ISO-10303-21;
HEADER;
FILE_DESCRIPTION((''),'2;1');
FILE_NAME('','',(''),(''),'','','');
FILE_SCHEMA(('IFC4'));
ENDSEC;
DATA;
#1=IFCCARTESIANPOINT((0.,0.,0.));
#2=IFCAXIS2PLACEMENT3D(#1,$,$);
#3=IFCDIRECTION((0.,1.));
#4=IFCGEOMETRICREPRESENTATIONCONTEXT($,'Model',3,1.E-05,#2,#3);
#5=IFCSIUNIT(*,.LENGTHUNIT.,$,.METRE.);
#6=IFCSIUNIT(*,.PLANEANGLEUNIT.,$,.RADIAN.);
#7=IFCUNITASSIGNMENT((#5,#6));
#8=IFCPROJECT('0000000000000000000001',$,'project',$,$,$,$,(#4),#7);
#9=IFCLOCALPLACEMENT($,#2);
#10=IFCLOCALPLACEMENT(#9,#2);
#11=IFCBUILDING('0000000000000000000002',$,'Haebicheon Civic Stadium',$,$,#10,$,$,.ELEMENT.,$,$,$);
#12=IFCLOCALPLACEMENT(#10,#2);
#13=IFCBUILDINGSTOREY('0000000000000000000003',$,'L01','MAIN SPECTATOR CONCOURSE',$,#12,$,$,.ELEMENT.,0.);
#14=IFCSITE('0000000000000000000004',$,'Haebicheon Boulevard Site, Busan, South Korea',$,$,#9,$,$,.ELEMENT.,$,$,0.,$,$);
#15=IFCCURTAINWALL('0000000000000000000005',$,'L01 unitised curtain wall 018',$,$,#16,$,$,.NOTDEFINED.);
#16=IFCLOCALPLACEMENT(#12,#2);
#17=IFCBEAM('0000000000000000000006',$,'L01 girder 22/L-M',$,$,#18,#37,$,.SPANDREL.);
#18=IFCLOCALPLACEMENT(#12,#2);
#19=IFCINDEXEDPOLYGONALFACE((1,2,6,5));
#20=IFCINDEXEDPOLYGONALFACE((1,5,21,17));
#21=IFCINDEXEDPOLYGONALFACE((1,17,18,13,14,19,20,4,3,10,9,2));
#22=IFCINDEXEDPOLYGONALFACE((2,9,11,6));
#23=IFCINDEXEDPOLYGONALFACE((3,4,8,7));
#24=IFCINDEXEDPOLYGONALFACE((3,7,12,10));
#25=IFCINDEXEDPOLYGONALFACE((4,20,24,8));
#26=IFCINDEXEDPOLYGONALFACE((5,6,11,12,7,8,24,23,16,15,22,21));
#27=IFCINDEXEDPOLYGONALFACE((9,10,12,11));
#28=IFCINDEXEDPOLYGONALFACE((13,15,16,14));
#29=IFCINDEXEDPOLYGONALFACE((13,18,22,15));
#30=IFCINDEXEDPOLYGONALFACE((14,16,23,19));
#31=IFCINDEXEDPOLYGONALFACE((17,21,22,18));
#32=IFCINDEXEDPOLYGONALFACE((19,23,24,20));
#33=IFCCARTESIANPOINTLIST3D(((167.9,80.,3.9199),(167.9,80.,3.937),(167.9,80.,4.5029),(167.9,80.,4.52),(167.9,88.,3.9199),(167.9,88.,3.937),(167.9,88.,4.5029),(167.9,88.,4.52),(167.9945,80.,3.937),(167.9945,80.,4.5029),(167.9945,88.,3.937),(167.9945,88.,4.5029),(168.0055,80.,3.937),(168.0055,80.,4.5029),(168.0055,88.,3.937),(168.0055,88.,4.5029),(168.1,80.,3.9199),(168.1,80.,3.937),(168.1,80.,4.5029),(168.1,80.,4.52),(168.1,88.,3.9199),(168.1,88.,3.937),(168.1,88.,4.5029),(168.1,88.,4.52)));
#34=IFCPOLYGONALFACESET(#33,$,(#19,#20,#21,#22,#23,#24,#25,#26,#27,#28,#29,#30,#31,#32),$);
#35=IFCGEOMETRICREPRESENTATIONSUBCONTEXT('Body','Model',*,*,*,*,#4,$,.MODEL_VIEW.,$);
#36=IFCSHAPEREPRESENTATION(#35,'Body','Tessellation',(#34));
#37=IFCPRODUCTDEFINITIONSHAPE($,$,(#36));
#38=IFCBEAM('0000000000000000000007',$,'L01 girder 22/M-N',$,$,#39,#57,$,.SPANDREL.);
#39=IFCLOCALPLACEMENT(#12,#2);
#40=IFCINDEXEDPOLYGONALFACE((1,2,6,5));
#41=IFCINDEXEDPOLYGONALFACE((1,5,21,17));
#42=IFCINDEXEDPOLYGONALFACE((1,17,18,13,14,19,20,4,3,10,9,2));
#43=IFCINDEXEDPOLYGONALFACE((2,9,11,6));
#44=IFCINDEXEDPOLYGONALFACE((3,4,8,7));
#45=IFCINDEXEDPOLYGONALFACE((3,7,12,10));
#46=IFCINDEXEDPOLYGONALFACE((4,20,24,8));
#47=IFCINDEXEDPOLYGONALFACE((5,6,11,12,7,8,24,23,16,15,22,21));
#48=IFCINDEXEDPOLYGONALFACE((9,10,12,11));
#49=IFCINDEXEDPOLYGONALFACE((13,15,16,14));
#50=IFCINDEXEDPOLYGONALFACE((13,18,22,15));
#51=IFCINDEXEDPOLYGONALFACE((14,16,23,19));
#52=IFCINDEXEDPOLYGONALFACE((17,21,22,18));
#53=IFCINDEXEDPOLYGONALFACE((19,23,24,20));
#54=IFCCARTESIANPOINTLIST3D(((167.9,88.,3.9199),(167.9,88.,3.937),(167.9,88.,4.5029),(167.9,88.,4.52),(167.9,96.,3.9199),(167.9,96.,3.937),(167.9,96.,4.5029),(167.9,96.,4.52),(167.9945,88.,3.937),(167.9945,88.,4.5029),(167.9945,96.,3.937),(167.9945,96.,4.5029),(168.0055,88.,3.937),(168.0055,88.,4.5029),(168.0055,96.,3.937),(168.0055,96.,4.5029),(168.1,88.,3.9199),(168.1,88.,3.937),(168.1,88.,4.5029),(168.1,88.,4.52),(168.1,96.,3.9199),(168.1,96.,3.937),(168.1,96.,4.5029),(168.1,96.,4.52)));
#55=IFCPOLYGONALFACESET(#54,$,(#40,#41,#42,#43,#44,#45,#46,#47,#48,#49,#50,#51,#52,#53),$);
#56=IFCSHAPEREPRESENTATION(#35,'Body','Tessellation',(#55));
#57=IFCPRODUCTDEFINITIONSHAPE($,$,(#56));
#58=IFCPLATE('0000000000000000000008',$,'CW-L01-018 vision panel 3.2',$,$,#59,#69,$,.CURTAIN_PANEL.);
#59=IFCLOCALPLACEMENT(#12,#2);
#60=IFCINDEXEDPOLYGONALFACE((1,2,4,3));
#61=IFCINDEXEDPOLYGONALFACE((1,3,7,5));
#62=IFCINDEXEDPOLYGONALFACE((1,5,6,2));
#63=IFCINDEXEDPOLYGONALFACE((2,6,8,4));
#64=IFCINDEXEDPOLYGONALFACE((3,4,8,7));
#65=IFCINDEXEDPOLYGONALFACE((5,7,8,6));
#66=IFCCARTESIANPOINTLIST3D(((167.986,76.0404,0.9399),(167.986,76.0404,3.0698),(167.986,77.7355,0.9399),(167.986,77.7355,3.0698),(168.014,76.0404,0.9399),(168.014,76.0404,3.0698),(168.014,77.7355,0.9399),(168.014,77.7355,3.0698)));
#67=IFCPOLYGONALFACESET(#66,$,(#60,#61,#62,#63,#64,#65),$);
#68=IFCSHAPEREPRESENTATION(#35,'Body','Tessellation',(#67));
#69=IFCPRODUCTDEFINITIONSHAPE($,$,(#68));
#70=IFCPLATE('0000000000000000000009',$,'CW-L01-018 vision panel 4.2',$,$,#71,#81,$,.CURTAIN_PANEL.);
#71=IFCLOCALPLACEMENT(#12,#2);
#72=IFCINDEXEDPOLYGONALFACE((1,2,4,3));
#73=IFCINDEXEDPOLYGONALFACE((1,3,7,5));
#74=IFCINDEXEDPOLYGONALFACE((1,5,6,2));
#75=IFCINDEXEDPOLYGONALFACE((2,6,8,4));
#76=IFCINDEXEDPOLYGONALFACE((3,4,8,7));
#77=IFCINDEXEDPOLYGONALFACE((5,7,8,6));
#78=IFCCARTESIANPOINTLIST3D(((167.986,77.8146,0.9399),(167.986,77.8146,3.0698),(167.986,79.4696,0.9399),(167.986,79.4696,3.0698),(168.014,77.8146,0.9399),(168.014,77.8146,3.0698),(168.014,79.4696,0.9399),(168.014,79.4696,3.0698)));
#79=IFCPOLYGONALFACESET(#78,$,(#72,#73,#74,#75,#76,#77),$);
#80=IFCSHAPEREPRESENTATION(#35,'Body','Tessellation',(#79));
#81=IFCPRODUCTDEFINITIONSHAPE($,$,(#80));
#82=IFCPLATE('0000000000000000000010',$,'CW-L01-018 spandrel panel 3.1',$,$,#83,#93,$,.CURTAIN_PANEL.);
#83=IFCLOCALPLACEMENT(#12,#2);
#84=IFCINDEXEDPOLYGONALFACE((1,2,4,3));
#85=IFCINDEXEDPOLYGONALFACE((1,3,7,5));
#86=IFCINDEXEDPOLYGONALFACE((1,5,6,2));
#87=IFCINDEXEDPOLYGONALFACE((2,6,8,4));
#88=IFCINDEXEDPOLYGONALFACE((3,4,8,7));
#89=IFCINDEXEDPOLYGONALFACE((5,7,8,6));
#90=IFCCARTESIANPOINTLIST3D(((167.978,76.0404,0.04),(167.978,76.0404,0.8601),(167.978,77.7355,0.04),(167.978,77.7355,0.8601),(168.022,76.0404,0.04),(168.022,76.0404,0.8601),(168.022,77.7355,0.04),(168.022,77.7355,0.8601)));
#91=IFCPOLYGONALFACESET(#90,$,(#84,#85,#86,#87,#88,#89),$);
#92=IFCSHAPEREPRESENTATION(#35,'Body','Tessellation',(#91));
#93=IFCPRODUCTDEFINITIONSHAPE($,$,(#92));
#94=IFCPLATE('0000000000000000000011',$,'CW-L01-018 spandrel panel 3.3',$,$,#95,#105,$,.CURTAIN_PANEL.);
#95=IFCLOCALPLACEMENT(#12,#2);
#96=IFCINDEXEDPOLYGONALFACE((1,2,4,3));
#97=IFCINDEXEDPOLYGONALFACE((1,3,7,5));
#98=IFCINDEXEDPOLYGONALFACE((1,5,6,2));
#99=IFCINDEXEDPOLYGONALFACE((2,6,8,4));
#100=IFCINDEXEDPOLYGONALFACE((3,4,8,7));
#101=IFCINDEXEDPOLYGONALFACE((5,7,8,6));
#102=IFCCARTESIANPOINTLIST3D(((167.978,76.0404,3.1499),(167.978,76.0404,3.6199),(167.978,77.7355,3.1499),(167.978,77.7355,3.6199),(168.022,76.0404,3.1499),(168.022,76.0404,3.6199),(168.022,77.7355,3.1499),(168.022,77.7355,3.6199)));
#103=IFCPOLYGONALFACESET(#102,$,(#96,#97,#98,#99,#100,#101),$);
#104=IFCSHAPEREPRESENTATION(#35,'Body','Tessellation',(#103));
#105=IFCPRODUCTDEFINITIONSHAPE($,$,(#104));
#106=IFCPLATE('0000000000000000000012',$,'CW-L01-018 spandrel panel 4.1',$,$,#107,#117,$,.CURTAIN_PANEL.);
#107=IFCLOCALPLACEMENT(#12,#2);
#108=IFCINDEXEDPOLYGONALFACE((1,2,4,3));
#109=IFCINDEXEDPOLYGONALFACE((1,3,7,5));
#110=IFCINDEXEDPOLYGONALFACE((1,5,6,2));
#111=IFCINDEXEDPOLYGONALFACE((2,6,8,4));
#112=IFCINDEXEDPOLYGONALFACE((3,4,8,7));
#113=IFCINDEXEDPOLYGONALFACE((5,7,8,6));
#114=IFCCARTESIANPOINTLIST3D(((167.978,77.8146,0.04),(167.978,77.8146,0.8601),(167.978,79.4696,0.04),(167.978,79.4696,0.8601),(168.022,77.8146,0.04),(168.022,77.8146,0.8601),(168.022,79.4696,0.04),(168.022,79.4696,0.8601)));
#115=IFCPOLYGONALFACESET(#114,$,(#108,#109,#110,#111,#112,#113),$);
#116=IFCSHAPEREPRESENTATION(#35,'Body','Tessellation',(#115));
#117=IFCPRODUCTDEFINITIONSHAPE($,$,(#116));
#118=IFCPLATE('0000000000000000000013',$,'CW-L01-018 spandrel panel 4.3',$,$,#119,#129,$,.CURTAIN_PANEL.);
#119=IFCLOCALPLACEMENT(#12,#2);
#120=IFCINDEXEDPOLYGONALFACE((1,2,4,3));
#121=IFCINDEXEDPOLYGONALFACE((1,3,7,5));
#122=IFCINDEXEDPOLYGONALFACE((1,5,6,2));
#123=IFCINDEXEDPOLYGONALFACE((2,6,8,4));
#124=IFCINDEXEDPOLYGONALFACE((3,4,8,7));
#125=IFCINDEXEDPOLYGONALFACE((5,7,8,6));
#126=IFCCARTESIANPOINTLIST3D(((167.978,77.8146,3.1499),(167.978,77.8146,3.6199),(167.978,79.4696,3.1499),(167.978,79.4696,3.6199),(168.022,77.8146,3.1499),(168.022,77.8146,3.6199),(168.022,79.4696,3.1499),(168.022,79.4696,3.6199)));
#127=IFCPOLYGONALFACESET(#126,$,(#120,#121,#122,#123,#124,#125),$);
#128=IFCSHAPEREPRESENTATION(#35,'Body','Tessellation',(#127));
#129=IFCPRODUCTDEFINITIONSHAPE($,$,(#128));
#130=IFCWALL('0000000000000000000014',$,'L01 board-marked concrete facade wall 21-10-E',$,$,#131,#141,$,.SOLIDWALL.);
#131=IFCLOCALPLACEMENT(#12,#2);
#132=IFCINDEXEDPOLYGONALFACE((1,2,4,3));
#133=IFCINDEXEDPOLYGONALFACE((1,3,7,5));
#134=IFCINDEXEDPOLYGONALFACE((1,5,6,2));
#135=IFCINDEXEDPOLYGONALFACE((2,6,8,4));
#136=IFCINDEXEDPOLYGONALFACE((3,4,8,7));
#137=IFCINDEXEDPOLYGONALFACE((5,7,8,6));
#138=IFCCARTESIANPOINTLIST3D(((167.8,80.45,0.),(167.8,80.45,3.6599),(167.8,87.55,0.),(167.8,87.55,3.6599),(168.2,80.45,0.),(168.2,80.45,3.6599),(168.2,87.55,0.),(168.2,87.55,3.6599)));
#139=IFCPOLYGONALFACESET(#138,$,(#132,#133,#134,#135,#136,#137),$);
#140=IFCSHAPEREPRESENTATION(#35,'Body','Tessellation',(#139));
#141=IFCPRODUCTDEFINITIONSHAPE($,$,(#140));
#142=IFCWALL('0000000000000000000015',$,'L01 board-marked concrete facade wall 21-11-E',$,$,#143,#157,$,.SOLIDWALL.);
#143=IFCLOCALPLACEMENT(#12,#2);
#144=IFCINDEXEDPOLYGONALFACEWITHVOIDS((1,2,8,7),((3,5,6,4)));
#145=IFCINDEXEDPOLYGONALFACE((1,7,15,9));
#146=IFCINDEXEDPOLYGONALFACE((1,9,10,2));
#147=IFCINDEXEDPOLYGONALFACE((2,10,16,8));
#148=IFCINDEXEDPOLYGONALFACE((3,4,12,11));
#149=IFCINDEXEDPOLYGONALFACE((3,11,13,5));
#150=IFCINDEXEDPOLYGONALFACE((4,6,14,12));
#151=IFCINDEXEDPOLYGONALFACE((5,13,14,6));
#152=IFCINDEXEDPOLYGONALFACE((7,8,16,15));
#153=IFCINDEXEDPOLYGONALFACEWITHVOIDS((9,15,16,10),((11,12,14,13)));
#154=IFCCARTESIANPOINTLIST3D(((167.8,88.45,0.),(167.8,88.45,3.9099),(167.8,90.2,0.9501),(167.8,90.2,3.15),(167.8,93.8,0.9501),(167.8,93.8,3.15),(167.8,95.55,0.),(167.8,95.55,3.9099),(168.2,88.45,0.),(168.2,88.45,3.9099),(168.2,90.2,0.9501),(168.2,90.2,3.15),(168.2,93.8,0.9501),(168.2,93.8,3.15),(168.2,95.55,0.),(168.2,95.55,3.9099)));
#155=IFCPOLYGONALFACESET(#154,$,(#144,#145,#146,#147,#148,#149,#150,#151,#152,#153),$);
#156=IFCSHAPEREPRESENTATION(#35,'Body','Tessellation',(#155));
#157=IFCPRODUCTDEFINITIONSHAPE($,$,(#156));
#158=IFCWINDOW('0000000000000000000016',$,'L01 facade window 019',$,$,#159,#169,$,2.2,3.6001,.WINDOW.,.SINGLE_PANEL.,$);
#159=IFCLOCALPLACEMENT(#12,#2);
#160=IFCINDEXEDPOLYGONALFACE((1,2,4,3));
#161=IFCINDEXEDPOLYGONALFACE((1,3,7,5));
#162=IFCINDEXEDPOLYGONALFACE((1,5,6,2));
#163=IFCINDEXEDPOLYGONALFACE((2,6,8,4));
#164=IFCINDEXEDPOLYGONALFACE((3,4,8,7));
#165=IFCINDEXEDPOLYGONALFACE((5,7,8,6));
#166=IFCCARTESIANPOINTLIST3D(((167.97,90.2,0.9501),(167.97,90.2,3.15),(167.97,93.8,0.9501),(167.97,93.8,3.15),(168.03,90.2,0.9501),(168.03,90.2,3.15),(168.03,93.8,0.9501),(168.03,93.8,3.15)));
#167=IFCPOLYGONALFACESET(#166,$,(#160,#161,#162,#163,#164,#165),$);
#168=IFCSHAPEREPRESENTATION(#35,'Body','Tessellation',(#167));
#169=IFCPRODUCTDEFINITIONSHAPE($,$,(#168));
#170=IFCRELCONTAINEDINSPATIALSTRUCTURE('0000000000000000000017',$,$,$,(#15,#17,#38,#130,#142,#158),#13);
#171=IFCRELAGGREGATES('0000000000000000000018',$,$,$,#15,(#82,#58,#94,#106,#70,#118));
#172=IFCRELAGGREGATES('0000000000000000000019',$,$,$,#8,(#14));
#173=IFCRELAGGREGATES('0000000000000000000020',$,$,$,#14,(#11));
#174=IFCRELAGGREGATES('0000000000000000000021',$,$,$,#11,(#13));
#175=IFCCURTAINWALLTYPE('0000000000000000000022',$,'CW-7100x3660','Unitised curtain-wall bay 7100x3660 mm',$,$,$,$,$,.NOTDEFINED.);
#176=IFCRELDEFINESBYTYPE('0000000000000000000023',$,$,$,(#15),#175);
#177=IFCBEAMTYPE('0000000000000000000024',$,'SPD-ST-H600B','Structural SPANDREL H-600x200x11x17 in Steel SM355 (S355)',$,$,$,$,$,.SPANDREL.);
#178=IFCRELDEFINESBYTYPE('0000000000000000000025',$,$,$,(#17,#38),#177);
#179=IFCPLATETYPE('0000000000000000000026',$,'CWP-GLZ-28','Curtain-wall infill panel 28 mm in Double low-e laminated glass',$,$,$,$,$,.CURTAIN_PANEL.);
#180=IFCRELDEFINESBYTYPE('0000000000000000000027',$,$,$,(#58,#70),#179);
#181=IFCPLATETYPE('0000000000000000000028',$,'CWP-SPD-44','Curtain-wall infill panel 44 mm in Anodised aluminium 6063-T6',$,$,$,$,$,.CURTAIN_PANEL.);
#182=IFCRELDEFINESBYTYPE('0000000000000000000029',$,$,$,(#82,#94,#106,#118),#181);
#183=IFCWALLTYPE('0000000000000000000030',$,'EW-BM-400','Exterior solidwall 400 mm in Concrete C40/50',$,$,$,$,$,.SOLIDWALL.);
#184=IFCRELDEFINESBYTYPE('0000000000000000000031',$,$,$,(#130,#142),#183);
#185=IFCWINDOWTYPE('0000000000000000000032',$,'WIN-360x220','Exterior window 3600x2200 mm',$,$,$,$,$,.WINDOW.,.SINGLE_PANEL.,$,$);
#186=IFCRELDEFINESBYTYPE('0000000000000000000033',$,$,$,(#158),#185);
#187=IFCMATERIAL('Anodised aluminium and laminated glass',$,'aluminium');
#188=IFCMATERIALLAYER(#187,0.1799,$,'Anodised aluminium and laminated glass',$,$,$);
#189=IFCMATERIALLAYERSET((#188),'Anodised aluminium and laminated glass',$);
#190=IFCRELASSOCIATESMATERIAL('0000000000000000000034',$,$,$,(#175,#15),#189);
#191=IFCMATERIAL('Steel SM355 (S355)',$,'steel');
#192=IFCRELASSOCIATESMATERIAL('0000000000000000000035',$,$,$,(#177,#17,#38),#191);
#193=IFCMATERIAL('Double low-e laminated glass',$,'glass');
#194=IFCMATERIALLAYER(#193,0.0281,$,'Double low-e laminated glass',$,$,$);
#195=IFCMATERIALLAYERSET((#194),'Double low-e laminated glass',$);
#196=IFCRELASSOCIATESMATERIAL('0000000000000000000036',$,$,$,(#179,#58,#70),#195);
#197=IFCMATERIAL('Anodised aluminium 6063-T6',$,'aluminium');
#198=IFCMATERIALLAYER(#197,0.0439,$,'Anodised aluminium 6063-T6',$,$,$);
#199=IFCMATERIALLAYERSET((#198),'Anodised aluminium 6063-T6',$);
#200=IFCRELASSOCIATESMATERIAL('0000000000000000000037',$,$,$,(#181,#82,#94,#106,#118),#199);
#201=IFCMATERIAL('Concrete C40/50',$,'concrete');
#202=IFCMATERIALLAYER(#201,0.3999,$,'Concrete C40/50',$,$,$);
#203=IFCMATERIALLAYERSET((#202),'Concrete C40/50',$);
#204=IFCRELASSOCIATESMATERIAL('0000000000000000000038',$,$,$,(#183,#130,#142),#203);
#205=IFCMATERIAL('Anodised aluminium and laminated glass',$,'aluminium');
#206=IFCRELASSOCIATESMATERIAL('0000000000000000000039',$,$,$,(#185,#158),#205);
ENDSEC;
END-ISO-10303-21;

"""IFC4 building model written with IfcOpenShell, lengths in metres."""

from ifc_helpers import new_model, si_unit, direction, frame, frame_2d, origin, origin_2d, place, context, subcontext, project, spatial, rectangle, i_section, extrude, material, layer, layer_set, material_profile, profile_set, type_object, element, fill, aggregate, save


model = new_model("IFC4")

# Units and contexts
model_context = context("Model", 3, precision=1e-05, world=origin(), true_north=direction((0.0, 1.0)))
body_context = subcontext(model_context, "Body", "Model", "MODEL_VIEW")
ifc_project = project(units=[si_unit("LENGTHUNIT", "METRE"), si_unit("PLANEANGLEUNIT", "RADIAN")], contexts=[model_context])

# Site, building, storey
site_placement = place(None, origin())
site = spatial("IfcSite", under=ifc_project, at=site_placement, Name="Haebicheon Boulevard Site, Busan, South Korea", CompositionType="ELEMENT", RefElevation=0.0)
building_placement = place(site_placement, origin())
building = spatial("IfcBuilding", under=site, at=building_placement, Name="Haebicheon Civic Stadium", CompositionType="ELEMENT")
storey_placement = place(building_placement, origin())
storey = spatial("IfcBuildingStorey", under=building, at=storey_placement, Name="L01", Description="MAIN SPECTATOR CONCOURSE", CompositionType="ELEMENT", Elevation=0.0)

# Curtain wall
ifc_material_1 = material(Name="Anodised aluminium and laminated glass", Category="aluminium")
ifc_layer_1 = layer(ifc_material_1, 0.1799, Name="Anodised aluminium and laminated glass")
ifc_layer_set_1 = layer_set([ifc_layer_1], Name="Anodised aluminium and laminated glass")
curtain_wall_type = type_object("IfcCurtainWallType", Name="CW-7100x3660", Description="Unitised curtain-wall bay 7100x3660 mm", PredefinedType="NOTDEFINED", material=ifc_layer_set_1)
curtain_wall_placement = place(storey_placement, origin())
curtain_wall = element("IfcCurtainWall", 1, at=curtain_wall_placement, inside=storey, type_object=curtain_wall_type, material=ifc_layer_set_1, Name="L01 unitised curtain wall 018", PredefinedType="NOTDEFINED")

# Beams
ifc_material_2 = material(Name="Steel SM355 (S355)", Category="steel")
ifc_material_profile_1 = material_profile(ifc_material_2, i_section(OverallWidth=0.2, OverallDepth=0.6001, WebThickness=0.011, FlangeThickness=0.0171, at=origin_2d()), Name="H-600x200x11x17")
ifc_profile_set_1 = profile_set([ifc_material_profile_1], Name="Steel SM355 (S355)")
beam_type_1 = type_object("IfcBeamType", Name="SPD-ST-H600B", Description="Structural SPANDREL H-600x200x11x17 in Steel SM355 (S355)", PredefinedType="SPANDREL", material=ifc_profile_set_1)
for number, where, z_axis, x_axis, name in (
    (2, (168.0, 80.0, 4.22), (0.0, 1.0, 0.0), (-1.0, 0.0, 0.0), "L01 girder 22/L-M"),
    (3, (168.0, 88.0, 4.22), (0.0, 1.0, 0.0), (-1.0, 0.0, 0.0), "L01 girder 22/M-N"),
):
    element("IfcBeam", number, at=place(storey_placement, frame(where, z_axis=z_axis, x_axis=x_axis)), inside=storey, type_object=beam_type_1, material=ifc_profile_set_1, Name=name, PredefinedType="SPANDREL", context=body_context, shape_type="SweptSolid", body=[
        extrude(i_section(OverallWidth=0.2, OverallDepth=0.6001, WebThickness=0.011, FlangeThickness=0.0171, at=origin_2d()), origin(), (0.0, 0.0, 1.0), 8.0),
    ])

# Plates
ifc_material_3 = material(Name="Double low-e laminated glass", Category="glass")
ifc_layer_2 = layer(ifc_material_3, 0.0281, Name="Double low-e laminated glass")
ifc_layer_set_2 = layer_set([ifc_layer_2], Name="Double low-e laminated glass")
plate_type_1 = type_object("IfcPlateType", Name="CWP-GLZ-28", Description="Curtain-wall infill panel 28 mm in Double low-e laminated glass", PredefinedType="CURTAIN_PANEL", material=ifc_layer_set_2)
plate_1_placement = place(storey_placement, frame((168.0, 76.8879, 0.9399), z_axis=(0.0, 0.0, 1.0), x_axis=(0.0, 1.0, 0.0)))
plate_1 = element("IfcPlate", 4, at=plate_1_placement, type_object=plate_type_1, material=ifc_layer_set_2, Name="CW-L01-018 vision panel 3.2", PredefinedType="CURTAIN_PANEL", context=body_context, shape_type="SweptSolid", body=[
    extrude(rectangle(XDim=1.6951, YDim=0.0281, at=origin_2d()), origin(), (0.0, 0.0, 1.0), 2.1299),
])
plate_2_placement = place(storey_placement, frame((168.0, 78.6421, 0.9399), z_axis=(0.0, 0.0, 1.0), x_axis=(0.0, 1.0, 0.0)))
plate_2 = element("IfcPlate", 5, at=plate_2_placement, type_object=plate_type_1, material=ifc_layer_set_2, Name="CW-L01-018 vision panel 4.2", PredefinedType="CURTAIN_PANEL", context=body_context, shape_type="SweptSolid", body=[
    extrude(rectangle(XDim=1.655, YDim=0.0281, at=origin_2d()), origin(), (0.0, 0.0, 1.0), 2.1299),
])
ifc_material_4 = material(Name="Anodised aluminium 6063-T6", Category="aluminium")
ifc_layer_3 = layer(ifc_material_4, 0.0439, Name="Anodised aluminium 6063-T6")
ifc_layer_set_3 = layer_set([ifc_layer_3], Name="Anodised aluminium 6063-T6")
plate_type_2 = type_object("IfcPlateType", Name="CWP-SPD-44", Description="Curtain-wall infill panel 44 mm in Anodised aluminium 6063-T6", PredefinedType="CURTAIN_PANEL", material=ifc_layer_set_3)
plate_3_placement = place(storey_placement, frame((168.0, 76.8879, 0.04), z_axis=(0.0, 0.0, 1.0), x_axis=(0.0, 1.0, 0.0)))
plate_3 = element("IfcPlate", 6, at=plate_3_placement, type_object=plate_type_2, material=ifc_layer_set_3, Name="CW-L01-018 spandrel panel 3.1", PredefinedType="CURTAIN_PANEL", context=body_context, shape_type="SweptSolid", body=[
    extrude(rectangle(XDim=1.6951, YDim=0.0439, at=origin_2d()), origin(), (0.0, 0.0, 1.0), 0.8201),
])
plate_4_placement = place(storey_placement, frame((168.0, 76.8879, 3.1499), z_axis=(0.0, 0.0, 1.0), x_axis=(0.0, 1.0, 0.0)))
plate_4 = element("IfcPlate", 7, at=plate_4_placement, type_object=plate_type_2, material=ifc_layer_set_3, Name="CW-L01-018 spandrel panel 3.3", PredefinedType="CURTAIN_PANEL", context=body_context, shape_type="SweptSolid", body=[
    extrude(rectangle(XDim=1.6951, YDim=0.0439, at=origin_2d()), origin(), (0.0, 0.0, 1.0), 0.47),
])
plate_5_placement = place(storey_placement, frame((168.0, 78.6421, 0.04), z_axis=(0.0, 0.0, 1.0), x_axis=(0.0, 1.0, 0.0)))
plate_5 = element("IfcPlate", 8, at=plate_5_placement, type_object=plate_type_2, material=ifc_layer_set_3, Name="CW-L01-018 spandrel panel 4.1", PredefinedType="CURTAIN_PANEL", context=body_context, shape_type="SweptSolid", body=[
    extrude(rectangle(XDim=1.655, YDim=0.0439, at=origin_2d()), origin(), (0.0, 0.0, 1.0), 0.8201),
])
plate_6_placement = place(storey_placement, frame((168.0, 78.6421, 3.1499), z_axis=(0.0, 0.0, 1.0), x_axis=(0.0, 1.0, 0.0)))
plate_6 = element("IfcPlate", 9, at=plate_6_placement, type_object=plate_type_2, material=ifc_layer_set_3, Name="CW-L01-018 spandrel panel 4.3", PredefinedType="CURTAIN_PANEL", context=body_context, shape_type="SweptSolid", body=[
    extrude(rectangle(XDim=1.655, YDim=0.0439, at=origin_2d()), origin(), (0.0, 0.0, 1.0), 0.47),
])
aggregate(curtain_wall, [plate_3, plate_1, plate_4, plate_5, plate_2, plate_6])

# Wall
ifc_material_5 = material(Name="Concrete C40/50", Category="concrete")
ifc_layer_4 = layer(ifc_material_5, 0.3999, Name="Concrete C40/50")
ifc_layer_set_4 = layer_set([ifc_layer_4], Name="Concrete C40/50")
wall_type = type_object("IfcWallType", Name="EW-BM-400", Description="Exterior solidwall 400 mm in Concrete C40/50", PredefinedType="SOLIDWALL", material=ifc_layer_set_4)
wall_1_placement = place(storey_placement, frame((168.0, 80.45, 0.0), z_axis=(0.0, 0.0, 1.0), x_axis=(0.0, 1.0, 0.0)))
element("IfcWall", 10, at=wall_1_placement, inside=storey, type_object=wall_type, material=ifc_layer_set_4, Name="L01 board-marked concrete facade wall 21-10-E", PredefinedType="SOLIDWALL", context=body_context, shape_type="SweptSolid", body=[
    extrude(rectangle(XDim=7.1001, YDim=0.3999, at=frame_2d((3.55, 0.0))), origin(), (0.0, 0.0, 1.0), 3.6599),
])

# Wall, opening, window
wall_2_placement = place(storey_placement, frame((168.0, 88.45, 0.0), z_axis=(0.0, 0.0, 1.0), x_axis=(0.0, 1.0, 0.0)))
wall_2 = element("IfcWall", 11, at=wall_2_placement, inside=storey, type_object=wall_type, material=ifc_layer_set_4, Name="L01 board-marked concrete facade wall 21-11-E", PredefinedType="SOLIDWALL", context=body_context, shape_type="SweptSolid", body=[
    extrude(rectangle(XDim=7.1001, YDim=0.3999, at=frame_2d((3.55, 0.0))), origin(), (0.0, 0.0, 1.0), 3.9099),
])
opening_placement = place(wall_2_placement, frame((1.75, 0.0, 0.95)))
opening = element("IfcOpeningElement", 12, at=opening_placement, cuts=wall_2, PredefinedType="OPENING", context=body_context, shape_type="SweptSolid", body=[
    extrude(rectangle(XDim=3.6001, YDim=2.2, at=frame_2d((1.8, 1.1001))), frame((0.0, 0.21, 0.0), z_axis=(0.0, -1.0, 0.0), x_axis=(1.0, 0.0, 0.0)), (0.0, 0.0, 1.0), 0.4199),
])
ifc_material_6 = material(Name="Anodised aluminium and laminated glass", Category="aluminium")
window_type = type_object("IfcWindowType", Name="WIN-360x220", Description="Exterior window 3600x2200 mm", PartitioningType="SINGLE_PANEL", PredefinedType="WINDOW", material=ifc_material_6)
window_placement = place(opening_placement, origin())
window = element("IfcWindow", 13, at=window_placement, inside=storey, type_object=window_type, material=ifc_material_6, Name="L01 facade window 019", OverallHeight=2.2, OverallWidth=3.6001, PartitioningType="SINGLE_PANEL", PredefinedType="WINDOW", context=body_context, shape_type="SweptSolid", body=[
    extrude(rectangle(XDim=3.6001, YDim=2.2, at=frame_2d((1.8, 1.1001))), frame((0.0, 0.03, 0.0), z_axis=(0.0, -1.0, 0.0), x_axis=(1.0, 0.0, 0.0)), (0.0, 0.0, 1.0), 0.0601),
])
fill(opening, window)

save(model, "model.ifc")
